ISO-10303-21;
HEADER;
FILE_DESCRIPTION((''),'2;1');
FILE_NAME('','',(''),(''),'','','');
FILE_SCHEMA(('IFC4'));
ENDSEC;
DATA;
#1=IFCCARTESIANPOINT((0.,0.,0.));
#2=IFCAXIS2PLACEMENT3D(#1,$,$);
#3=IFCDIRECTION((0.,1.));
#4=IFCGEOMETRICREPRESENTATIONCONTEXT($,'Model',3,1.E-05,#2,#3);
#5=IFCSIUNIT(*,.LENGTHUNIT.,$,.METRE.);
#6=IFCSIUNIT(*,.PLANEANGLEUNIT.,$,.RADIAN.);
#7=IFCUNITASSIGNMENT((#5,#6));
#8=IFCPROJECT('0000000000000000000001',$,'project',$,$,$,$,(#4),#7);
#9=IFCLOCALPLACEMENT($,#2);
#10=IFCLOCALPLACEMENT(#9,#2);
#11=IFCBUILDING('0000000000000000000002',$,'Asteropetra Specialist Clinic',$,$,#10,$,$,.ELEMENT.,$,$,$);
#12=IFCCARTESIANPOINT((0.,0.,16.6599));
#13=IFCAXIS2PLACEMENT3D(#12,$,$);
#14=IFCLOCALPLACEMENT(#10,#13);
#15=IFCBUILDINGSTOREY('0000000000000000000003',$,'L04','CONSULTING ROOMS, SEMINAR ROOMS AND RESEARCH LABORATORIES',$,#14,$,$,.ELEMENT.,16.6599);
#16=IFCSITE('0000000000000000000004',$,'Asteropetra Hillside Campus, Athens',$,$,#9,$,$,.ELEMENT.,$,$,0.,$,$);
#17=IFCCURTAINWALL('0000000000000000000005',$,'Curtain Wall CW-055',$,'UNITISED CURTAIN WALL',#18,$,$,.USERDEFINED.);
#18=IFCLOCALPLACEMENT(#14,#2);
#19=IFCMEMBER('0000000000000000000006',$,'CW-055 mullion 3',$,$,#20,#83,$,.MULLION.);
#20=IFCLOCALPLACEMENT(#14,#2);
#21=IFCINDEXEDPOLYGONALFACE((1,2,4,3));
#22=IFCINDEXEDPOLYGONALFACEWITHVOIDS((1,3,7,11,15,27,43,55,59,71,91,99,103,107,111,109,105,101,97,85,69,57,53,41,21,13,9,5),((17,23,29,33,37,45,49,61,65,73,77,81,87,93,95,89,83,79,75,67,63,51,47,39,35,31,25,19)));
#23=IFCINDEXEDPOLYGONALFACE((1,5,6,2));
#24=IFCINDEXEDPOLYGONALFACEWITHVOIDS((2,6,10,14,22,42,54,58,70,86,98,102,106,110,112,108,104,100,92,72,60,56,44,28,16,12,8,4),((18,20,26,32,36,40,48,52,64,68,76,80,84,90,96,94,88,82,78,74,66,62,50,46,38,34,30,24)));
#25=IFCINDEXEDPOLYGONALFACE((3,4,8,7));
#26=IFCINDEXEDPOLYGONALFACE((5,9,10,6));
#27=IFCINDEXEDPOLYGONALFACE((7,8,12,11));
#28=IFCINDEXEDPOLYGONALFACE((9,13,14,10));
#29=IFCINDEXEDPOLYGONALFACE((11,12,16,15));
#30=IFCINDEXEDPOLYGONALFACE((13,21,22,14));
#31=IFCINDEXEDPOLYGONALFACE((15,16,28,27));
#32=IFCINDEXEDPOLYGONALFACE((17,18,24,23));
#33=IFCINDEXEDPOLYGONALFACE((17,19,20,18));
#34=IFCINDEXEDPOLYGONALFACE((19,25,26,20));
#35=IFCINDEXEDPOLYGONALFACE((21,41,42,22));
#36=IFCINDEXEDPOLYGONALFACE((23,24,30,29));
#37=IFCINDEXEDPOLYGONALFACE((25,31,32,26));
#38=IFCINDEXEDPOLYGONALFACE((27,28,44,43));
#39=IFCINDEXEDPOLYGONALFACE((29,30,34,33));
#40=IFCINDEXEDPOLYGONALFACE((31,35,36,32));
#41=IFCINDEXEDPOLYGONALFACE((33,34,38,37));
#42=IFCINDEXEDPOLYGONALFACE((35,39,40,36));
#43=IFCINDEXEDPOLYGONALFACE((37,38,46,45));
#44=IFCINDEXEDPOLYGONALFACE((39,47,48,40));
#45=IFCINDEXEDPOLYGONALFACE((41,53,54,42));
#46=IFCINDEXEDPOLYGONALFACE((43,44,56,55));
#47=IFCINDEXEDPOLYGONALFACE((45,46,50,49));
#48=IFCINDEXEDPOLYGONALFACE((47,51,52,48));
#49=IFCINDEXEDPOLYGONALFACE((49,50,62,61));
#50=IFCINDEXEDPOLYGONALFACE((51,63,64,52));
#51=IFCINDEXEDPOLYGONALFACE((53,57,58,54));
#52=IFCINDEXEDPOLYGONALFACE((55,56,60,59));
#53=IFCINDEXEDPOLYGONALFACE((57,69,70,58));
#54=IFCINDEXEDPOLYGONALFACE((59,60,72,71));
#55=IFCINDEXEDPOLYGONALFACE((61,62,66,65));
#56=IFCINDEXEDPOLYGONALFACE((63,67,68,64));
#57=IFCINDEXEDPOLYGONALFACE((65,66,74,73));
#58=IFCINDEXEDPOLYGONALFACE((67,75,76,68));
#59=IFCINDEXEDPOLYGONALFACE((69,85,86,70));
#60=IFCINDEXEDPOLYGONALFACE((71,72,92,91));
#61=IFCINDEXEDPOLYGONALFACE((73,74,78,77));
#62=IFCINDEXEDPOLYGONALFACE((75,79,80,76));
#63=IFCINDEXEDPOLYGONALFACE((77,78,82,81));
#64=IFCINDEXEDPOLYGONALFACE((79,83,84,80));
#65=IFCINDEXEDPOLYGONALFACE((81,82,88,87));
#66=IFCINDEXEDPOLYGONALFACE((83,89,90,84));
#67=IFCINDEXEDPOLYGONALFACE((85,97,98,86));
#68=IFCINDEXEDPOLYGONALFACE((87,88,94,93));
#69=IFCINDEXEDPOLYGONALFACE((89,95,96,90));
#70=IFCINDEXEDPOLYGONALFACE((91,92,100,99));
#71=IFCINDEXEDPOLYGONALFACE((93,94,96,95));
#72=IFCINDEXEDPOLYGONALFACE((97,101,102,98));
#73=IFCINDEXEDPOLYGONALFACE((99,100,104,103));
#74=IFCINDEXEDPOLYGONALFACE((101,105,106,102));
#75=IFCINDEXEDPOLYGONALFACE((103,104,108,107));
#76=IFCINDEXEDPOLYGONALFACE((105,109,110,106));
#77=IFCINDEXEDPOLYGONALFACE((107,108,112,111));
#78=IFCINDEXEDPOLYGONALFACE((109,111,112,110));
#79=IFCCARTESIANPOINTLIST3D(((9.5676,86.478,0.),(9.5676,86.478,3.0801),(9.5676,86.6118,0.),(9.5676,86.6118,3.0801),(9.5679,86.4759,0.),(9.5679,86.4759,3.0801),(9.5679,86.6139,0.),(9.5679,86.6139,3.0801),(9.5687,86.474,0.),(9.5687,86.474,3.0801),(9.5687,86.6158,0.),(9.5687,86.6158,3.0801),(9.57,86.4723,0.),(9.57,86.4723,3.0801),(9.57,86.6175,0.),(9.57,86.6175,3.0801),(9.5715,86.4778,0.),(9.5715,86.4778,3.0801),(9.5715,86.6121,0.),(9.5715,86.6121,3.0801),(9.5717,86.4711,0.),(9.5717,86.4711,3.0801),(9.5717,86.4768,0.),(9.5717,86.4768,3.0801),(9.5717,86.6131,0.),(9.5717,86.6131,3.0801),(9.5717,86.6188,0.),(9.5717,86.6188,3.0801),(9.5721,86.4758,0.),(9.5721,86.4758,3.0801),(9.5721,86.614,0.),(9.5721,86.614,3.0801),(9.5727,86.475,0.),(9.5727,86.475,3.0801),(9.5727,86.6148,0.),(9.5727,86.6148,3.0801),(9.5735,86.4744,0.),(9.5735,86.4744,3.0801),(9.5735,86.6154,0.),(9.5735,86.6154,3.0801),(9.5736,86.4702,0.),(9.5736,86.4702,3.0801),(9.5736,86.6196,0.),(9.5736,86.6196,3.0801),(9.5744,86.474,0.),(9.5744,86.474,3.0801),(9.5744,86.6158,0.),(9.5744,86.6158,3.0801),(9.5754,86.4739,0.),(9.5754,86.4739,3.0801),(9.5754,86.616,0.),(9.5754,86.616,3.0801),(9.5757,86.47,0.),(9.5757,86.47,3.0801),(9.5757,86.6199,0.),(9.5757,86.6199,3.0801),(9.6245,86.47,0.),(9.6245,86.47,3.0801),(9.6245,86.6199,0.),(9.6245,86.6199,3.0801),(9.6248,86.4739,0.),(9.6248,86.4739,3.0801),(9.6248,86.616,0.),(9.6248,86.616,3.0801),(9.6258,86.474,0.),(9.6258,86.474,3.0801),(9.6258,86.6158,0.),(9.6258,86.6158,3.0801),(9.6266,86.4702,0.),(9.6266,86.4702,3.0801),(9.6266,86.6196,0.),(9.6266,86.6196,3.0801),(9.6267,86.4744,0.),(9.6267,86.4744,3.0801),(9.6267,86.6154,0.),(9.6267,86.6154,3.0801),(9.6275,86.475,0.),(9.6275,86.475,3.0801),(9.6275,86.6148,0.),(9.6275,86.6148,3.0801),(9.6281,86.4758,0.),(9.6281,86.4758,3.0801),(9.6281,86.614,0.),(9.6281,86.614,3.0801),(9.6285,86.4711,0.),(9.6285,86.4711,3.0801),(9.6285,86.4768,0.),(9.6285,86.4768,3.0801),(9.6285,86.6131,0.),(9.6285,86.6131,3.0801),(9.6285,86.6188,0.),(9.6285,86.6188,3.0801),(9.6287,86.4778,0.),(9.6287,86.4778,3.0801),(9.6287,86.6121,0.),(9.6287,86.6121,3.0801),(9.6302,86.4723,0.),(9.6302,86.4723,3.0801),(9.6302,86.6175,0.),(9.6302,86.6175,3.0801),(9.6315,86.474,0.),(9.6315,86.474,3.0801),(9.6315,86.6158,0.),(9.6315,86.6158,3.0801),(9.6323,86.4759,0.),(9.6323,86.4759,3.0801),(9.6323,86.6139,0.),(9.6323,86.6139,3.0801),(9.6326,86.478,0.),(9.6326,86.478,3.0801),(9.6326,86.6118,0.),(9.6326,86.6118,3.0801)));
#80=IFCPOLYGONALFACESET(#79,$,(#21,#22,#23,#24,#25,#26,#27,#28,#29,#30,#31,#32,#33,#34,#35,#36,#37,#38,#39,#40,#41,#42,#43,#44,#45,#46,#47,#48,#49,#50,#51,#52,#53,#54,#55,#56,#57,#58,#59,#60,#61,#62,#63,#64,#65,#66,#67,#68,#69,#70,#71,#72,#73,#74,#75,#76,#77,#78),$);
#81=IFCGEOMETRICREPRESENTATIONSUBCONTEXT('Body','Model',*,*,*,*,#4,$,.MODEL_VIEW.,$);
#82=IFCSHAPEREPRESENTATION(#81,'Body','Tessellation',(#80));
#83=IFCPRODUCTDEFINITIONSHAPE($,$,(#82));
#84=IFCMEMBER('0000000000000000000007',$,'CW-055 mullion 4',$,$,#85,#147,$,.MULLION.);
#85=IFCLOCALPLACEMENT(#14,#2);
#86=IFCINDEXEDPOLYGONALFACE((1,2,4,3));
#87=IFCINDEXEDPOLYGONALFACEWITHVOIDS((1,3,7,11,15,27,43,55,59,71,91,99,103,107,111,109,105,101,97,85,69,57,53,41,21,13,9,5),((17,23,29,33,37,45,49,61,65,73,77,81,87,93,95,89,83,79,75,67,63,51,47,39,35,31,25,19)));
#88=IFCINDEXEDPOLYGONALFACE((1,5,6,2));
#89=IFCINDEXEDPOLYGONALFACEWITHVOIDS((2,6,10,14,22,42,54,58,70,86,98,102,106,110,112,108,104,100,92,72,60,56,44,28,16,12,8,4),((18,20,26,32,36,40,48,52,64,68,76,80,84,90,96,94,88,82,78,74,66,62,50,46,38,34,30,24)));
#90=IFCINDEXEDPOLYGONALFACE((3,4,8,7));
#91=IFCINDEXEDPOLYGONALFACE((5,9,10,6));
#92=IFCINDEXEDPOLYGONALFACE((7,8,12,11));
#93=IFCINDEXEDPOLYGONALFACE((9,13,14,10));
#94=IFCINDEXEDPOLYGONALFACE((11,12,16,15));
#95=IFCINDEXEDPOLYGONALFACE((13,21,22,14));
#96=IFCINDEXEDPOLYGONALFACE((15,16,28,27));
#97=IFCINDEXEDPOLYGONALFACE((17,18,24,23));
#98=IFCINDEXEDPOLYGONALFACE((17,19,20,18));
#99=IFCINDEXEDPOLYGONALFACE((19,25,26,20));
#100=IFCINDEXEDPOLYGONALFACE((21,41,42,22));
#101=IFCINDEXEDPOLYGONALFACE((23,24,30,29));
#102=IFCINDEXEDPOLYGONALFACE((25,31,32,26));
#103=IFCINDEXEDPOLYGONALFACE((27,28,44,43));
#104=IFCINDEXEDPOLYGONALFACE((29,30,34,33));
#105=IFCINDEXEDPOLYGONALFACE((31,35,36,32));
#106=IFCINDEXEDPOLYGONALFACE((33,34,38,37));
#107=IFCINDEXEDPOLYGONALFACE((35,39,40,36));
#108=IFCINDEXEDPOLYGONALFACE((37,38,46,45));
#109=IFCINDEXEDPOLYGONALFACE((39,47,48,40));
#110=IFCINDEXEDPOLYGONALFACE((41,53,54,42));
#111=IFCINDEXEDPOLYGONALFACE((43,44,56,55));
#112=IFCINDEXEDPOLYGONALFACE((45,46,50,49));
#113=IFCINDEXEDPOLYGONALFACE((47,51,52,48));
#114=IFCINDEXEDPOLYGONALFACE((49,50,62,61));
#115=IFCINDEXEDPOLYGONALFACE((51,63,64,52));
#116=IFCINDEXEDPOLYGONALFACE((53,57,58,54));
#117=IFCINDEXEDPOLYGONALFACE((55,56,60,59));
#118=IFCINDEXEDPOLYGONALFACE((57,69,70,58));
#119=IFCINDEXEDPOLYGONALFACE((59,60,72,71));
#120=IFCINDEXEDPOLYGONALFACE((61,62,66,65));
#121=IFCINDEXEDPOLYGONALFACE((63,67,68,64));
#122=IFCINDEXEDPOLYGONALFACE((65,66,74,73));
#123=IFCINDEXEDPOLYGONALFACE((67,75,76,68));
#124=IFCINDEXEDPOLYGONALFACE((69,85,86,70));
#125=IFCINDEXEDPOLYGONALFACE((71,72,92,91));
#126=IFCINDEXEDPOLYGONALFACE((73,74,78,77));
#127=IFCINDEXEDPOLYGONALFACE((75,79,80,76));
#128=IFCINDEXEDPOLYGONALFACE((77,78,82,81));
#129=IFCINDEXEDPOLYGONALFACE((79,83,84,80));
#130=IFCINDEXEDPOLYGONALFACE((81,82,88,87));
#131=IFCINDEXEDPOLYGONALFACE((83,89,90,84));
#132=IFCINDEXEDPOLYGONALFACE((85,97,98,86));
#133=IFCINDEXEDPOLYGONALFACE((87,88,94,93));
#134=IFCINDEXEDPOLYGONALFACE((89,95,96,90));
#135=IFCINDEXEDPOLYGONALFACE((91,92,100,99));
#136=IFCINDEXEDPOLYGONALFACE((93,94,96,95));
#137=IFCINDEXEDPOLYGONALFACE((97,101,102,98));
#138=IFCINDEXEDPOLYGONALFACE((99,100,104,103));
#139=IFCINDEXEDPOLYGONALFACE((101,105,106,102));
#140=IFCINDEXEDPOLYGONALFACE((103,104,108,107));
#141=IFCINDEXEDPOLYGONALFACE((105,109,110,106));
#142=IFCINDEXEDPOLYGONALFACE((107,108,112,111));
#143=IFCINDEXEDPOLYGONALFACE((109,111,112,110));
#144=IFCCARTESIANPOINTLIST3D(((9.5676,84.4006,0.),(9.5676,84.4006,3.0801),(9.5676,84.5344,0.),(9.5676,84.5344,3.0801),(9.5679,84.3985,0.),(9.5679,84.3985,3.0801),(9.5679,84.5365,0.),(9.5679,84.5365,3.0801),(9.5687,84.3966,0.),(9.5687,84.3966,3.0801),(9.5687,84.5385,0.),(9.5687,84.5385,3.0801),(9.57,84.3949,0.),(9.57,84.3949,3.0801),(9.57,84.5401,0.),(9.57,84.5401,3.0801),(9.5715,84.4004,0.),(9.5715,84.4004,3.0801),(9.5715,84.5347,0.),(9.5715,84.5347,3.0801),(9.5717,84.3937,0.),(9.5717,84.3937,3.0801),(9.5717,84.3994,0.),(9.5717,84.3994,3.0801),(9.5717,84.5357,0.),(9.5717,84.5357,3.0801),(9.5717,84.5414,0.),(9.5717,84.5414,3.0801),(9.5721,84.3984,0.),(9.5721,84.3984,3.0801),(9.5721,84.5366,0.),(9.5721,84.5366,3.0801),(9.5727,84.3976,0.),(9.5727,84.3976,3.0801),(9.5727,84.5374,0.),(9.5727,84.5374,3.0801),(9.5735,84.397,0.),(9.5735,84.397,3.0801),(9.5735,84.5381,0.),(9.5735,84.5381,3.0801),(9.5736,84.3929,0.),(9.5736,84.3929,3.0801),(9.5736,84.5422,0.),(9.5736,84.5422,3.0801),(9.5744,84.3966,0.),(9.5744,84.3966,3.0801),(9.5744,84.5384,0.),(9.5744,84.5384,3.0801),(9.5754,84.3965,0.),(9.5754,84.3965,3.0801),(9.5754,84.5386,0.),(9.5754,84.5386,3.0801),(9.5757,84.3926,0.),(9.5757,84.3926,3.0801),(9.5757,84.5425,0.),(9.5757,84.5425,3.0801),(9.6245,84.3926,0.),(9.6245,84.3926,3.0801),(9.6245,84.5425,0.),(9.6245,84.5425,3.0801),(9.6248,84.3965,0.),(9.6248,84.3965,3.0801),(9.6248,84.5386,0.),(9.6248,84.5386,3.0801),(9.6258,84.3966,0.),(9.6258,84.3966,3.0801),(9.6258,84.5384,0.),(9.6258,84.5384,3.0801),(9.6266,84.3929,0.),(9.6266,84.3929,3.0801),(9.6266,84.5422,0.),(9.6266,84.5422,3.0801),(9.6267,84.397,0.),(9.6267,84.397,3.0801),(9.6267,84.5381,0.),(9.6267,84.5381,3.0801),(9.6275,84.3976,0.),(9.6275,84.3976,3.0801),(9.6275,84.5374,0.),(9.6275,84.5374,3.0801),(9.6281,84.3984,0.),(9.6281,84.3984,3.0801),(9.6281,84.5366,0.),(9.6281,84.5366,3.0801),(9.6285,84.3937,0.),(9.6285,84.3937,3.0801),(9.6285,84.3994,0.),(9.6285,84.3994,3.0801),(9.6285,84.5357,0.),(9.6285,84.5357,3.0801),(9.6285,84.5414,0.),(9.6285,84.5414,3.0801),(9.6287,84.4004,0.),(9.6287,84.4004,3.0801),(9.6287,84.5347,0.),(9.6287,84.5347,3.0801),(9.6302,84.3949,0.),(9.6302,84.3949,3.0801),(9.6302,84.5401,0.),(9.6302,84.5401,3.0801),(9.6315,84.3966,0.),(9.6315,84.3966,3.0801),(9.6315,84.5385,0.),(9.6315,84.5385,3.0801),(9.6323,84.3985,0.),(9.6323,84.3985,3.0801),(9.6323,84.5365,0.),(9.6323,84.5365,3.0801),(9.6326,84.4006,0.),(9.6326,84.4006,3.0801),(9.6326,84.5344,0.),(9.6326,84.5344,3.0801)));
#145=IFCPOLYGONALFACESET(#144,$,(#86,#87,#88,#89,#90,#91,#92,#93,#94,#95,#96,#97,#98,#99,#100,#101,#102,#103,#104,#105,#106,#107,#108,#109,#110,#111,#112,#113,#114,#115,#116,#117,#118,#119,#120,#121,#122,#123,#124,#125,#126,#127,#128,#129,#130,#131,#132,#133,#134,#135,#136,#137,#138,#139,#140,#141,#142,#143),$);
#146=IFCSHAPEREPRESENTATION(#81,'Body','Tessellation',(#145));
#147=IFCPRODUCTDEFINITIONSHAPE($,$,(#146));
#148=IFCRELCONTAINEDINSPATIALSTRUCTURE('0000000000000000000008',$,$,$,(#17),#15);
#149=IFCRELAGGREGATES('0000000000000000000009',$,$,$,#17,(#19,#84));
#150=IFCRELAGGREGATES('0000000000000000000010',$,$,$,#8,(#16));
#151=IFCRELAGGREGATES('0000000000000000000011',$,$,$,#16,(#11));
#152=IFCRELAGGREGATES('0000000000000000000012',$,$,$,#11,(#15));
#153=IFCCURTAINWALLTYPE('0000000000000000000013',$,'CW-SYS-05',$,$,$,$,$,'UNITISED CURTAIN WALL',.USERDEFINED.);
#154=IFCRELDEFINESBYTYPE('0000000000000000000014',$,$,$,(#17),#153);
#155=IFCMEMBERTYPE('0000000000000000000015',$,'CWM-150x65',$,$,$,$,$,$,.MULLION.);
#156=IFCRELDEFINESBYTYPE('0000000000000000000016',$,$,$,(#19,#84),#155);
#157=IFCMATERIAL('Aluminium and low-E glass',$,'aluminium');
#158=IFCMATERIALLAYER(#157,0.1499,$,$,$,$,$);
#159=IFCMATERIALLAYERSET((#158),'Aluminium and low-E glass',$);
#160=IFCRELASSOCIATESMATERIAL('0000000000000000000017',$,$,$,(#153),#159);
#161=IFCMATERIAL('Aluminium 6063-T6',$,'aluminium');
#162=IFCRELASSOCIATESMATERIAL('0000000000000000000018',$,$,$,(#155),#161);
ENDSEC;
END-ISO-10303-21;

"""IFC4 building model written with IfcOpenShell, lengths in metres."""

from ifc_helpers import new_model, si_unit, direction, frame, origin, origin_2d, place, context, subcontext, project, spatial, hollow_rectangle, extrude, material, layer, layer_set, material_profile, profile_set, type_object, element, aggregate, save


model = new_model("IFC4")

# Units and contexts
model_context = context("Model", 3, precision=1e-05, world=origin(), true_north=direction((0.0, 1.0)))
body_context = subcontext(model_context, "Body", "Model", "MODEL_VIEW")
ifc_project = project(units=[si_unit("LENGTHUNIT", "METRE"), si_unit("PLANEANGLEUNIT", "RADIAN")], contexts=[model_context])

# Site, building, storey
site_placement = place(None, origin())
site = spatial("IfcSite", under=ifc_project, at=site_placement, Name="Asteropetra Hillside Campus, Athens", CompositionType="ELEMENT", RefElevation=0.0)
building_placement = place(site_placement, origin())
building = spatial("IfcBuilding", under=site, at=building_placement, Name="Asteropetra Specialist Clinic", CompositionType="ELEMENT")
storey_placement = place(building_placement, frame((0.0, 0.0, 16.6599)))
storey = spatial("IfcBuildingStorey", under=building, at=storey_placement, Name="L04", Description="CONSULTING ROOMS, SEMINAR ROOMS AND RESEARCH LABORATORIES", CompositionType="ELEMENT", Elevation=16.6599)

# Curtain wall, members
ifc_material_1 = material(Name="Aluminium and low-E glass", Category="aluminium")
ifc_layer_1 = layer(ifc_material_1, 0.1499)
ifc_layer_set_1 = layer_set([ifc_layer_1], Name="Aluminium and low-E glass")
curtain_wall_type_1 = type_object("IfcCurtainWallType", Name="CW-SYS-05", ElementType="UNITISED CURTAIN WALL", PredefinedType="USERDEFINED", material=ifc_layer_set_1)
curtain_wall_1_placement = place(storey_placement, origin())
curtain_wall_1 = element("IfcCurtainWall", 1, at=curtain_wall_1_placement, inside=storey, type_object=curtain_wall_type_1, Name="Curtain Wall CW-055", ObjectType="UNITISED CURTAIN WALL", PredefinedType="USERDEFINED")
ifc_material_2 = material(Name="Aluminium 6063-T6", Category="aluminium")
ifc_material_profile_1 = material_profile(ifc_material_2, hollow_rectangle(XDim=0.0649, YDim=0.1499, WallThickness=0.0039, InnerFilletRadius=0.0039, OuterFilletRadius=0.0081, at=origin_2d()), Name="MUL 150x65x4.0")
ifc_profile_set_1 = profile_set([ifc_material_profile_1], Name="Aluminium 6063-T6")
member_type_1 = type_object("IfcMemberType", Name="CWM-150x65", PredefinedType="MULLION", material=ifc_profile_set_1)
member_1_placement = place(storey_placement, frame((9.6001, 86.5449, 0.0), z_axis=(0.0, 0.0, 1.0), x_axis=(1.0, 0.0, 0.0)))
member_1 = element("IfcMember", 2, at=member_1_placement, type_object=member_type_1, Name="CW-055 mullion 3", PredefinedType="MULLION", context=body_context, shape_type="SweptSolid", body=[
    extrude(hollow_rectangle(XDim=0.0649, YDim=0.1499, WallThickness=0.0039, InnerFilletRadius=0.0039, OuterFilletRadius=0.0081, at=origin_2d()), origin(), (0.0, 0.0, 1.0), 3.0801),
])
member_2_placement = place(storey_placement, frame((9.6001, 84.4675, 0.0), z_axis=(0.0, 0.0, 1.0), x_axis=(1.0, 0.0, 0.0)))
member_2 = element("IfcMember", 3, at=member_2_placement, type_object=member_type_1, Name="CW-055 mullion 4", PredefinedType="MULLION", context=body_context, shape_type="SweptSolid", body=[
    extrude(hollow_rectangle(XDim=0.0649, YDim=0.1499, WallThickness=0.0039, InnerFilletRadius=0.0039, OuterFilletRadius=0.0081, at=origin_2d()), origin(), (0.0, 0.0, 1.0), 3.0801),
])

aggregate(curtain_wall_1, [member_1, member_2])

save(model, "model.ifc")
